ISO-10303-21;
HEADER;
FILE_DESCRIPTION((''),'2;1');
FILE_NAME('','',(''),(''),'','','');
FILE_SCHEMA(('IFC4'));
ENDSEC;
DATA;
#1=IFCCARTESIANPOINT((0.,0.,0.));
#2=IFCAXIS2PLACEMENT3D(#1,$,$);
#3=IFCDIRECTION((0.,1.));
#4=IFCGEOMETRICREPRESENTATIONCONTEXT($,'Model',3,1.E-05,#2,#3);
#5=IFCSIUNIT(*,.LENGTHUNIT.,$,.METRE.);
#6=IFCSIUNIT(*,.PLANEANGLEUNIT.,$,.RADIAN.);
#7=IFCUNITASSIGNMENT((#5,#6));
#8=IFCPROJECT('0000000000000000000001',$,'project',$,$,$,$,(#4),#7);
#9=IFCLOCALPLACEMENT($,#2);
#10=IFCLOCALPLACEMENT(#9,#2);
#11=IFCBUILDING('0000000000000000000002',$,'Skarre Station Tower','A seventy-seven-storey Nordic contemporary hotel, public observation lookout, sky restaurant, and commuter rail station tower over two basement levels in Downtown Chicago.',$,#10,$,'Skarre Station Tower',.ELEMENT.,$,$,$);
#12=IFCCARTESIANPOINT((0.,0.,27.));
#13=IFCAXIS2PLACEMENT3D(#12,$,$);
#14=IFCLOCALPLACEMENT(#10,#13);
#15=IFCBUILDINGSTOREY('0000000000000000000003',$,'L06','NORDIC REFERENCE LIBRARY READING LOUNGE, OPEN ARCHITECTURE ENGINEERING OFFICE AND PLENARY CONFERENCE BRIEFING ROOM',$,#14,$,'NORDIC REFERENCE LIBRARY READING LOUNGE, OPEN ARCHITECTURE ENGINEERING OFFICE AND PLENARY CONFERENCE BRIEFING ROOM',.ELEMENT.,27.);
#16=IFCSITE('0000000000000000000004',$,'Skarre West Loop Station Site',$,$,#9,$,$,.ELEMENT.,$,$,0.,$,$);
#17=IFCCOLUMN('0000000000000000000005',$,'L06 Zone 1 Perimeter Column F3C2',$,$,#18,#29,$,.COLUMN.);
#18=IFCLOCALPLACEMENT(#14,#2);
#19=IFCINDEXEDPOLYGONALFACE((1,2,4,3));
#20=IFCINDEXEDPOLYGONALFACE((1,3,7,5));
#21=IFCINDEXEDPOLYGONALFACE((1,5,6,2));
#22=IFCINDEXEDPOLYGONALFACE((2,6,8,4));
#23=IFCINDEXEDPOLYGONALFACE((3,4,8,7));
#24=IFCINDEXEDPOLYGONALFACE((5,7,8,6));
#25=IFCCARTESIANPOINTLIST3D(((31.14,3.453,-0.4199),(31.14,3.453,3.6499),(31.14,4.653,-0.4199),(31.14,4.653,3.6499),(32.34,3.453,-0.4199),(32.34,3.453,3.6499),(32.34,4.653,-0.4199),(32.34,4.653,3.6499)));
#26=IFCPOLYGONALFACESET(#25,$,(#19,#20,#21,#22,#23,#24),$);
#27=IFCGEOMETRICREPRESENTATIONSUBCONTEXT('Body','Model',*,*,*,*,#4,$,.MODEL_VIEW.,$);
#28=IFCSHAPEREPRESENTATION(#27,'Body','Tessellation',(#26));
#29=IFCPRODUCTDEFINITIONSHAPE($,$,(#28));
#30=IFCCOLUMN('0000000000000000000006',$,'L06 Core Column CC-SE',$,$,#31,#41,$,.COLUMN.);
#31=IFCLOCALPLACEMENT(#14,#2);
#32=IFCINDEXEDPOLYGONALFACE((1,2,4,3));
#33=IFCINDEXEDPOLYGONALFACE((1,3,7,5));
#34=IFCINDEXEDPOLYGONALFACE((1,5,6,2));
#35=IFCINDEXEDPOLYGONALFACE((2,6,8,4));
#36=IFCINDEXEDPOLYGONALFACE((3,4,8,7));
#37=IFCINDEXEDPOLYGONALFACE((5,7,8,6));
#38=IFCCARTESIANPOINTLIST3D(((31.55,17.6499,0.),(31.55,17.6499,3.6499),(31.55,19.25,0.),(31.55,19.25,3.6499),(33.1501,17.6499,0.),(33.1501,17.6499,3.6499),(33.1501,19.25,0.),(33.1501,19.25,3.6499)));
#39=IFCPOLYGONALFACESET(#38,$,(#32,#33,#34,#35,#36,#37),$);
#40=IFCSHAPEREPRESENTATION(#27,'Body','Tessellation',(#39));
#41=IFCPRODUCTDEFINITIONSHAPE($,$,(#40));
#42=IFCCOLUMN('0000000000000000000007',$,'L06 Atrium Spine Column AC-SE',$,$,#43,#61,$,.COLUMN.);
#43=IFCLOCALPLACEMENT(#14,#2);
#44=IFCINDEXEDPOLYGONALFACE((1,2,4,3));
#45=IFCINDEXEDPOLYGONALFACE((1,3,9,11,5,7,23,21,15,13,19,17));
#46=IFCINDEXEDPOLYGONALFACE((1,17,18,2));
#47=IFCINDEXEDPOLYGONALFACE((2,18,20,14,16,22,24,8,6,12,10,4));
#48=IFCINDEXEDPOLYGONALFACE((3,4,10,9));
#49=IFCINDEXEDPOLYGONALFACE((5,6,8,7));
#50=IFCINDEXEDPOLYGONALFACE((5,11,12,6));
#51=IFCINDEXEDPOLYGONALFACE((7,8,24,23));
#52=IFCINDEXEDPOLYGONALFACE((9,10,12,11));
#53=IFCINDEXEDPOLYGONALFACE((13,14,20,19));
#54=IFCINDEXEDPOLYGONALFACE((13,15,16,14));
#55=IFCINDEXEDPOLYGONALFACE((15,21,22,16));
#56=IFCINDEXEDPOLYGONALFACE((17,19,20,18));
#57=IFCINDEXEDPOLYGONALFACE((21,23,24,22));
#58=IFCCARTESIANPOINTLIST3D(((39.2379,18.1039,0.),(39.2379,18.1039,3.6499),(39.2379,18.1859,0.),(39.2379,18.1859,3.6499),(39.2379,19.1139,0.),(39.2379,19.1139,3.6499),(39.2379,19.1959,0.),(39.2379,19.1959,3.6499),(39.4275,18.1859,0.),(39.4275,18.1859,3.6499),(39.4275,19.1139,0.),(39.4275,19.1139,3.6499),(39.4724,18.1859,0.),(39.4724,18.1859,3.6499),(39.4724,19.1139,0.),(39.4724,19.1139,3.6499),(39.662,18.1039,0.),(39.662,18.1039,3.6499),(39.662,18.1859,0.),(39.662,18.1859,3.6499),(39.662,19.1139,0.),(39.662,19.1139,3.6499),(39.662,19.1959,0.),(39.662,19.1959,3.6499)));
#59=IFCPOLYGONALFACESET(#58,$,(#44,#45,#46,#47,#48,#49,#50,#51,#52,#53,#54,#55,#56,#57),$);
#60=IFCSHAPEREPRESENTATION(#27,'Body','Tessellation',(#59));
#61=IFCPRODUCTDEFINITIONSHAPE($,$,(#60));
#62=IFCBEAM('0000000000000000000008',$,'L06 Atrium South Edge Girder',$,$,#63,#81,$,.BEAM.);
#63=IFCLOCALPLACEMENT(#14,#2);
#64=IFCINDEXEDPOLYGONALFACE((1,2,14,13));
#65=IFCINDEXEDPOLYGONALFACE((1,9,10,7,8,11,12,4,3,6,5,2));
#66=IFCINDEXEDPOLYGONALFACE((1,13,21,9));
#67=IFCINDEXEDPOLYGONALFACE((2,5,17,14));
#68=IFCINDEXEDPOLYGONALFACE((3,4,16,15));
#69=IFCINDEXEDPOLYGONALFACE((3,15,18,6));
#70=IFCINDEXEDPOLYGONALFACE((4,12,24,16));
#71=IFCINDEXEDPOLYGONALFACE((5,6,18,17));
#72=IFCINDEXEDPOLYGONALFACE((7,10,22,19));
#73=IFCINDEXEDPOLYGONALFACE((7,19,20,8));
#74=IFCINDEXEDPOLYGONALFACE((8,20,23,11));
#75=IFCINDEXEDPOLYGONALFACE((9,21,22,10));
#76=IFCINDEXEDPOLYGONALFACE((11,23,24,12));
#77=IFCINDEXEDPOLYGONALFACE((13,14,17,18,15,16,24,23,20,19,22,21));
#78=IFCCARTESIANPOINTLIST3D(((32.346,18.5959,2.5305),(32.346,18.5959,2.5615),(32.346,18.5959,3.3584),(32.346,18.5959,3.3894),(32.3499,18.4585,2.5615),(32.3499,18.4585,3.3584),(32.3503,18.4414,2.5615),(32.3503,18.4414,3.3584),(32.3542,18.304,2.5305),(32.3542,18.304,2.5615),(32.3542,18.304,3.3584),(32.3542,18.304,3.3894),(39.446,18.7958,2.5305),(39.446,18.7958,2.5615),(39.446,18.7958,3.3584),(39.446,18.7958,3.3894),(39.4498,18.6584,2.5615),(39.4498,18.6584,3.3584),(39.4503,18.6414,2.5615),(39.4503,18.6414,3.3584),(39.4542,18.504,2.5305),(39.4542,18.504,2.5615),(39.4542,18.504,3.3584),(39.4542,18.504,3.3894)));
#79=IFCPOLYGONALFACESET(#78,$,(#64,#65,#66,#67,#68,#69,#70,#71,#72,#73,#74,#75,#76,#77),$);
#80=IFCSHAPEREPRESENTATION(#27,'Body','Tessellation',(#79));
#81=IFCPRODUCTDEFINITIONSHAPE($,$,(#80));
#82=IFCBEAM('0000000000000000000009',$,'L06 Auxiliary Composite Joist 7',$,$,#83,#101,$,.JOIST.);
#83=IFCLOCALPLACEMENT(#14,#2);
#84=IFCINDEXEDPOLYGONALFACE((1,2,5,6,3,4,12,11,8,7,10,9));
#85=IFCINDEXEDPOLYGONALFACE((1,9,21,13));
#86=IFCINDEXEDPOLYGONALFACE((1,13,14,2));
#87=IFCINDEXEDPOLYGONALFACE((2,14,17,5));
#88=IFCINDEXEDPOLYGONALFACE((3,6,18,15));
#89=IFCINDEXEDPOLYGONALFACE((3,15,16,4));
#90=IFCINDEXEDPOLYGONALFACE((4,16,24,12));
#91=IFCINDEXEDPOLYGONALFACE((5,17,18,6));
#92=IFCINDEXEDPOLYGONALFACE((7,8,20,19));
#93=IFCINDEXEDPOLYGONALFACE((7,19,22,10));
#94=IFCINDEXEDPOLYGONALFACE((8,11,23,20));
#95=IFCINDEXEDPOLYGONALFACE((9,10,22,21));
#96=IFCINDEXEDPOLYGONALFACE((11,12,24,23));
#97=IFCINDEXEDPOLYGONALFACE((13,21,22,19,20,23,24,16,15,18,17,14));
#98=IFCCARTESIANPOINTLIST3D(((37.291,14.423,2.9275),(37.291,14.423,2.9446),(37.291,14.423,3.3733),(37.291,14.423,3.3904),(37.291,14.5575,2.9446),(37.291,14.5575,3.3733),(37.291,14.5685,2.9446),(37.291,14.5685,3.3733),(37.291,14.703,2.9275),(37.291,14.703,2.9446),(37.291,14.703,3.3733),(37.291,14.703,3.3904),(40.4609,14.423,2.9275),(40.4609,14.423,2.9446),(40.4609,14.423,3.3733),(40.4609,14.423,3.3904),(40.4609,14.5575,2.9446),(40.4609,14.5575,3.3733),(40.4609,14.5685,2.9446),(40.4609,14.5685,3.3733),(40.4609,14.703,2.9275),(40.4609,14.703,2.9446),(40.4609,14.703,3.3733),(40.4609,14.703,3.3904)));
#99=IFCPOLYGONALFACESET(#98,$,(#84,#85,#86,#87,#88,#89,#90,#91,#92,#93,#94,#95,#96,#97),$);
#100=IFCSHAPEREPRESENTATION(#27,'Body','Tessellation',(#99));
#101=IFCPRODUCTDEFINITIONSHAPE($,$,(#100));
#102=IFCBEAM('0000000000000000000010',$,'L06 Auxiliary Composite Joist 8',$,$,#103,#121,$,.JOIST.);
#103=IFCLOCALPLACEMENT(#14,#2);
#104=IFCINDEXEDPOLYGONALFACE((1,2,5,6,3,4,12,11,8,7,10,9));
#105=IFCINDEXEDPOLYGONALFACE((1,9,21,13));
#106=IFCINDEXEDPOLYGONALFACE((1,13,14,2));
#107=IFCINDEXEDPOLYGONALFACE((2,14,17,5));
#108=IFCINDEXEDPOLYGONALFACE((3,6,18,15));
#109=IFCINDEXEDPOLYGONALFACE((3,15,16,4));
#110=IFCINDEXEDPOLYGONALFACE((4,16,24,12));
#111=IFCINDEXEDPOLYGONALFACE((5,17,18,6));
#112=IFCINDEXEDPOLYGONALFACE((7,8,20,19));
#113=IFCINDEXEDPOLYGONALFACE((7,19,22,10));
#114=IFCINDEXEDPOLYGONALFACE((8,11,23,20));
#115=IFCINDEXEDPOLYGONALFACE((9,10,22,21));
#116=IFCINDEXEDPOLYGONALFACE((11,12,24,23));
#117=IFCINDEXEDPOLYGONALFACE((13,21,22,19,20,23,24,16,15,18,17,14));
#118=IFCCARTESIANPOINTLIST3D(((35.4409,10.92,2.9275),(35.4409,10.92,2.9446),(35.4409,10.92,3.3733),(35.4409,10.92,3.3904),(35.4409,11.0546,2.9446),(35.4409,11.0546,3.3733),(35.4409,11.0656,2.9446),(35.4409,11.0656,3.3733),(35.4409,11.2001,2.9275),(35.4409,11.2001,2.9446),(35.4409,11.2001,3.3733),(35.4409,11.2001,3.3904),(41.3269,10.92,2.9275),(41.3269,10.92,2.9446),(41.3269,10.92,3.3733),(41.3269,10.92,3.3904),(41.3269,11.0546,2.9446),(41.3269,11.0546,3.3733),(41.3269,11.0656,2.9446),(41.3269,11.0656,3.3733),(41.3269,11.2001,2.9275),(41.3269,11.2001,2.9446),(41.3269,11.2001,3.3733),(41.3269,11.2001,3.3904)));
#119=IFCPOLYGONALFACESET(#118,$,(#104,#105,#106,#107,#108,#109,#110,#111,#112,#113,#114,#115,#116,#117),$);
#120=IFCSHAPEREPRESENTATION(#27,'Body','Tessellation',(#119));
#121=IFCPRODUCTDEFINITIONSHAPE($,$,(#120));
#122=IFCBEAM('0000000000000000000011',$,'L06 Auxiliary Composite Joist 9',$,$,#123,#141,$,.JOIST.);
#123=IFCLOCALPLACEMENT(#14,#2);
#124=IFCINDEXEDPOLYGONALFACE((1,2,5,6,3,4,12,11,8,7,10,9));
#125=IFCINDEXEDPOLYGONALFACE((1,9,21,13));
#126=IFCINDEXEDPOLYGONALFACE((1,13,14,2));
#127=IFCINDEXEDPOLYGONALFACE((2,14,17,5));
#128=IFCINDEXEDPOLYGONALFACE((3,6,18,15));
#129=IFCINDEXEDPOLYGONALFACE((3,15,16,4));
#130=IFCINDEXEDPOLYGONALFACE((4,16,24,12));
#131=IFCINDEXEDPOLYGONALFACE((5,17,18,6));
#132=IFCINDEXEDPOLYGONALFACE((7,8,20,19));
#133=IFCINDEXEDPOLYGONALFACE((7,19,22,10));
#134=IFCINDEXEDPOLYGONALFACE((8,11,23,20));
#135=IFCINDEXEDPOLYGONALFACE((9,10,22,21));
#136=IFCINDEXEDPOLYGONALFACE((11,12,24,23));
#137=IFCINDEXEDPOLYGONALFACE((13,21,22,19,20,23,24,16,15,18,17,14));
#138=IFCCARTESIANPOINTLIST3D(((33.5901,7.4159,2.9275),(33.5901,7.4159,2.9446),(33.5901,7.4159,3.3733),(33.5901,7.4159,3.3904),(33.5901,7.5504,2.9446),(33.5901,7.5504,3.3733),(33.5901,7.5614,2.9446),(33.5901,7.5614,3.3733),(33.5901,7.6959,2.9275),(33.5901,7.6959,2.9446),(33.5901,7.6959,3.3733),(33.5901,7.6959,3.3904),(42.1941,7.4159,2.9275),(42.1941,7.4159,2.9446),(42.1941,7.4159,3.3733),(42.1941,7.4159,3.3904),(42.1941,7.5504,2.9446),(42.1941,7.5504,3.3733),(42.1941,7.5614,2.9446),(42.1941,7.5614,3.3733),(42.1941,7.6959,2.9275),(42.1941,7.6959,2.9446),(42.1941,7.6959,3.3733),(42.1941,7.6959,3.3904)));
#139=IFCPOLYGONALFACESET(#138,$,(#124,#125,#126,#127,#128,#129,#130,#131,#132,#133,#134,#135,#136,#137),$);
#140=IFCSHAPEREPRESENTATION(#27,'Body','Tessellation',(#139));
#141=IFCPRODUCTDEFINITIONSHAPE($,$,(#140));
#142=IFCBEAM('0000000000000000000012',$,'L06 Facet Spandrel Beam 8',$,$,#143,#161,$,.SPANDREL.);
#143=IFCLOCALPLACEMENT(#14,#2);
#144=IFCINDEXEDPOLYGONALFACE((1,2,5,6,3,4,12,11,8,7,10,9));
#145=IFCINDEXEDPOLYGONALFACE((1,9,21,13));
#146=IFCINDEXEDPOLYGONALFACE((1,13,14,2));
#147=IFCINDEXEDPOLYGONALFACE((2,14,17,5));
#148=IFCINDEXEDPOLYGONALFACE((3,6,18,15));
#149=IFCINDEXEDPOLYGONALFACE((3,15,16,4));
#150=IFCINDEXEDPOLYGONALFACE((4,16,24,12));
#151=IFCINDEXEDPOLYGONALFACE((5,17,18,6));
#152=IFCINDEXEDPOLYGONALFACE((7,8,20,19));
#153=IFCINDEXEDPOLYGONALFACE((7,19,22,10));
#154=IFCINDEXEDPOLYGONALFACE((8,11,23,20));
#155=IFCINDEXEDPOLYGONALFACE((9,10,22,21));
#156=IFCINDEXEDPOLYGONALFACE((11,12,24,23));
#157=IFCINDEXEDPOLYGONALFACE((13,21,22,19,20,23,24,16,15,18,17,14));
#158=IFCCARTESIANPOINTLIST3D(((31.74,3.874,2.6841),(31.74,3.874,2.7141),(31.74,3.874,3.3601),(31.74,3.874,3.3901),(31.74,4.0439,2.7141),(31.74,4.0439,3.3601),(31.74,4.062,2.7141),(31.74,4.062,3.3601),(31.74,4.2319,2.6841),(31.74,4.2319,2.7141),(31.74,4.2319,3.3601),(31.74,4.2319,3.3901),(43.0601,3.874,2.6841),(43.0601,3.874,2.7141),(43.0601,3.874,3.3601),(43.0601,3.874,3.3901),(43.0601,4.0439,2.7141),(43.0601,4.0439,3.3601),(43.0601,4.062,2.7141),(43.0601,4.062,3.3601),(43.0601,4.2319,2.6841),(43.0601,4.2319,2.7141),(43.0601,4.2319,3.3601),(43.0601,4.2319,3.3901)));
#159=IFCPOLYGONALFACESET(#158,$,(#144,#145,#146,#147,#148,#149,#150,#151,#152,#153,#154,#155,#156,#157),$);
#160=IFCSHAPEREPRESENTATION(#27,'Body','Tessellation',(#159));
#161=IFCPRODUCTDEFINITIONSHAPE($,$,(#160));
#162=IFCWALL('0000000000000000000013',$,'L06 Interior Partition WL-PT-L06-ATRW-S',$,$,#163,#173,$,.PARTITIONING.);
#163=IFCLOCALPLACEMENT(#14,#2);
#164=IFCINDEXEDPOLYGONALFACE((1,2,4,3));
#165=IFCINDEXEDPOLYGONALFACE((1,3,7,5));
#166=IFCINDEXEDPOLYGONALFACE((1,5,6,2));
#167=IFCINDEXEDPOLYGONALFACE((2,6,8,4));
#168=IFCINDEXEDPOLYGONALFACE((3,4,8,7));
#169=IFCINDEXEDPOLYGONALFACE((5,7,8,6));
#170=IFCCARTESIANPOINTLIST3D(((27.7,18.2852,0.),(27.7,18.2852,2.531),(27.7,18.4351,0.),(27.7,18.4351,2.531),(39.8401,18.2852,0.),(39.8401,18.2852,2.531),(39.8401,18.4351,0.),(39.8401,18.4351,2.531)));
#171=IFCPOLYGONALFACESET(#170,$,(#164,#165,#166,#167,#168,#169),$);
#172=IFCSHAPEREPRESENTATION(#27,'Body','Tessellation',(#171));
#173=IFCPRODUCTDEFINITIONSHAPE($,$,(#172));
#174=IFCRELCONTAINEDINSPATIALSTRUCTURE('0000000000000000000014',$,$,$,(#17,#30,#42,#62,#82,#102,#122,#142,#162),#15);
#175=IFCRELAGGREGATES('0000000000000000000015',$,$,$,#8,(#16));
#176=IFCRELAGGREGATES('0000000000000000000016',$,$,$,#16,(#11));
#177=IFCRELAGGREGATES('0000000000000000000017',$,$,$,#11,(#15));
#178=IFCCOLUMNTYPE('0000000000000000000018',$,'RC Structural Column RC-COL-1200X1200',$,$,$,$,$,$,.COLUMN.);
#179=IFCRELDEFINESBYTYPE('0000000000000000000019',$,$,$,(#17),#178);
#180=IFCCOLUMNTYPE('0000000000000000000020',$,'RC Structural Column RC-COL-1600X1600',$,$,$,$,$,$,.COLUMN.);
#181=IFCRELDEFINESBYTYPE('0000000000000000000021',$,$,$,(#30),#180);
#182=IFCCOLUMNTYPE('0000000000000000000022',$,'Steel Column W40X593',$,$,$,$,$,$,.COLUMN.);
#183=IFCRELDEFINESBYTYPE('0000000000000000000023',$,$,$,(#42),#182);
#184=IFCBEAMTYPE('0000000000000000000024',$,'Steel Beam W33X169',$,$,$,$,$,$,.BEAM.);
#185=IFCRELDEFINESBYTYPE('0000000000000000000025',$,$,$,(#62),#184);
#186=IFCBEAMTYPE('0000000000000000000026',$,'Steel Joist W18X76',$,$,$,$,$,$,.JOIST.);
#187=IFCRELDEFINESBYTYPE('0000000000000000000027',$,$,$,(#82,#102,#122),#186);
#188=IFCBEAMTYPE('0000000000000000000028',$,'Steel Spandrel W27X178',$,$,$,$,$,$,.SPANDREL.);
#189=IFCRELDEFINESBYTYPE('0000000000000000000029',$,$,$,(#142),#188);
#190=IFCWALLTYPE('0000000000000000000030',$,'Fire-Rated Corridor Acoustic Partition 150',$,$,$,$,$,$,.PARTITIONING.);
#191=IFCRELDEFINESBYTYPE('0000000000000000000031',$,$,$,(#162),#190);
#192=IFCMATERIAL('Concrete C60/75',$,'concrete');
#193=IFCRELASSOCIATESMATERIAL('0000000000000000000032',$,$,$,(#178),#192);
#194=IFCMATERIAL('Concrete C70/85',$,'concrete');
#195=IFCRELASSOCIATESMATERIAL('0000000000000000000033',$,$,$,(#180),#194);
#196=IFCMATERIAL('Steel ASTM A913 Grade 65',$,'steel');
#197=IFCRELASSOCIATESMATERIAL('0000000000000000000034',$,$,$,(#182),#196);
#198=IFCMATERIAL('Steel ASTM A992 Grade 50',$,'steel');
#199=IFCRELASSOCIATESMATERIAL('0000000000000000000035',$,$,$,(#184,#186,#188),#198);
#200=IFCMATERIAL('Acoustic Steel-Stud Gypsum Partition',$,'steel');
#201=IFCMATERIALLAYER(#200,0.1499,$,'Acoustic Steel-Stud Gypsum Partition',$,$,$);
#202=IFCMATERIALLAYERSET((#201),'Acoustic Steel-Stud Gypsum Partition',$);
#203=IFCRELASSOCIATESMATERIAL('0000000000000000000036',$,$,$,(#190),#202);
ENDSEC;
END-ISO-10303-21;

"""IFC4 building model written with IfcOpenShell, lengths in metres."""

from ifc_helpers import new_model, si_unit, direction, frame, frame_2d, origin, origin_2d, place, context, subcontext, project, spatial, rectangle, i_section, extrude, material, layer, layer_set, material_profile, profile_set, type_object, element, save


model = new_model("IFC4")

# Units and contexts
model_context = context("Model", 3, precision=1e-05, world=origin(), true_north=direction((0.0, 1.0)))
body_context = subcontext(model_context, "Body", "Model", "MODEL_VIEW")
ifc_project = project(units=[si_unit("LENGTHUNIT", "METRE"), si_unit("PLANEANGLEUNIT", "RADIAN")], contexts=[model_context])

# Site, building, storey
site_placement = place(None, origin())
site = spatial("IfcSite", under=ifc_project, at=site_placement, Name="Skarre West Loop Station Site", CompositionType="ELEMENT", RefElevation=0.0)
building_placement = place(site_placement, origin())
building = spatial("IfcBuilding", under=site, at=building_placement, Name="Skarre Station Tower", Description="A seventy-seven-storey Nordic contemporary hotel, public observation lookout, sky restaurant, and commuter rail station tower over two basement levels in Downtown Chicago.", LongName="Skarre Station Tower", CompositionType="ELEMENT")
storey_placement = place(building_placement, frame((0.0, 0.0, 27.0)))
storey = spatial("IfcBuildingStorey", under=building, at=storey_placement, Name="L06", Description="NORDIC REFERENCE LIBRARY READING LOUNGE, OPEN ARCHITECTURE ENGINEERING OFFICE AND PLENARY CONFERENCE BRIEFING ROOM", LongName="NORDIC REFERENCE LIBRARY READING LOUNGE, OPEN ARCHITECTURE ENGINEERING OFFICE AND PLENARY CONFERENCE BRIEFING ROOM", CompositionType="ELEMENT", Elevation=27.0)

# Columns
ifc_material_1 = material(Name="Concrete C60/75", Category="concrete")
ifc_material_profile_1 = material_profile(ifc_material_1, rectangle(XDim=1.2, YDim=1.2, at=origin_2d()), Name="Concrete C60/75")
ifc_profile_set_1 = profile_set([ifc_material_profile_1], Name="Concrete C60/75")
column_type_1 = type_object("IfcColumnType", Name="RC Structural Column RC-COL-1200X1200", PredefinedType="COLUMN", material=ifc_profile_set_1)
column_1_placement = place(storey_placement, frame((31.74, 4.053, -0.4199), z_axis=(0.0, 0.0, 1.0), x_axis=(1.0, 0.0, 0.0)))
element("IfcColumn", 1, at=column_1_placement, inside=storey, type_object=column_type_1, Name="L06 Zone 1 Perimeter Column F3C2", PredefinedType="COLUMN", context=body_context, shape_type="SweptSolid", body=[
    extrude(rectangle(XDim=1.2, YDim=1.2, at=origin_2d()), origin(), (0.0, 0.0, 1.0), 4.0698),
])
ifc_material_2 = material(Name="Concrete C70/85", Category="concrete")
ifc_material_profile_2 = material_profile(ifc_material_2, rectangle(XDim=1.6001, YDim=1.6001, at=origin_2d()), Name="Concrete C70/85")
ifc_profile_set_2 = profile_set([ifc_material_profile_2], Name="Concrete C70/85")
column_type_2 = type_object("IfcColumnType", Name="RC Structural Column RC-COL-1600X1600", PredefinedType="COLUMN", material=ifc_profile_set_2)
column_2_placement = place(storey_placement, frame((32.3501, 18.45, 0.0), z_axis=(0.0, 0.0, 1.0), x_axis=(1.0, 0.0, 0.0)))
element("IfcColumn", 2, at=column_2_placement, inside=storey, type_object=column_type_2, Name="L06 Core Column CC-SE", PredefinedType="COLUMN", context=body_context, shape_type="SweptSolid", body=[
    extrude(rectangle(XDim=1.6001, YDim=1.6001, at=origin_2d()), origin(), (0.0, 0.0, 1.0), 3.6499),
])
ifc_material_3 = material(Name="Steel ASTM A913 Grade 65", Category="steel")
ifc_material_profile_3 = material_profile(ifc_material_3, i_section(OverallWidth=0.4241, OverallDepth=1.092, WebThickness=0.0449, FlangeThickness=0.082, at=origin_2d()), Name="Steel ASTM A913 Grade 65")
ifc_profile_set_3 = profile_set([ifc_material_profile_3], Name="Steel ASTM A913 Grade 65")
column_type_3 = type_object("IfcColumnType", Name="Steel Column W40X593", PredefinedType="COLUMN", material=ifc_profile_set_3)
column_3_placement = place(storey_placement, frame((39.45, 18.6499, 0.0), z_axis=(0.0, 0.0, 1.0), x_axis=(1.0, 0.0, 0.0)))
element("IfcColumn", 3, at=column_3_placement, inside=storey, type_object=column_type_3, Name="L06 Atrium Spine Column AC-SE", PredefinedType="COLUMN", context=body_context, shape_type="SweptSolid", body=[
    extrude(i_section(OverallWidth=0.4241, OverallDepth=1.092, WebThickness=0.0449, FlangeThickness=0.082, at=origin_2d()), origin(), (0.0, 0.0, 1.0), 3.6499),
])

# Beams
ifc_material_4 = material(Name="Steel ASTM A992 Grade 50", Category="steel")
ifc_material_profile_4 = material_profile(ifc_material_4, i_section(OverallWidth=0.292, OverallDepth=0.8589, WebThickness=0.0171, FlangeThickness=0.031, at=origin_2d()), Name="Steel ASTM A992 Grade 50")
ifc_profile_set_4 = profile_set([ifc_material_profile_4], Name="Steel ASTM A992 Grade 50")
beam_type_1 = type_object("IfcBeamType", Name="Steel Beam W33X169", PredefinedType="BEAM", material=ifc_profile_set_4)
beam_1_placement = place(storey_placement, frame((32.3501, 18.45, 2.96), z_axis=(0.999604, 0.028152, 0.0), x_axis=(-0.028152, 0.999604, 0.0)))
element("IfcBeam", 4, at=beam_1_placement, inside=storey, type_object=beam_type_1, Name="L06 Atrium South Edge Girder", PredefinedType="BEAM", context=body_context, shape_type="SweptSolid", body=[
    extrude(i_section(OverallWidth=0.292, OverallDepth=0.8589, WebThickness=0.0171, FlangeThickness=0.031, at=origin_2d()), origin(), (0.0, 0.0, 1.0), 7.1028),
])
ifc_material_profile_5 = material_profile(ifc_material_4, i_section(OverallWidth=0.28, OverallDepth=0.4629, WebThickness=0.011, FlangeThickness=0.0171, at=origin_2d()), Name="Steel ASTM A992 Grade 50")
ifc_profile_set_5 = profile_set([ifc_material_profile_5], Name="Steel ASTM A992 Grade 50")
beam_type_2 = type_object("IfcBeamType", Name="Steel Joist W18X76", PredefinedType="JOIST", material=ifc_profile_set_5)
beam_2_placement = place(storey_placement, frame((37.291, 14.563, 3.1589), z_axis=(1.0, 0.0, 0.0), x_axis=(0.0, 1.0, 0.0)))
element("IfcBeam", 5, at=beam_2_placement, inside=storey, type_object=beam_type_2, Name="L06 Auxiliary Composite Joist 7", PredefinedType="JOIST", context=body_context, shape_type="SweptSolid", body=[
    extrude(i_section(OverallWidth=0.28, OverallDepth=0.4629, WebThickness=0.011, FlangeThickness=0.0171, at=origin_2d()), origin(), (0.0, 0.0, 1.0), 3.1699),
])
beam_3_placement = place(storey_placement, frame((35.4409, 11.0601, 3.1589), z_axis=(1.0, 0.0, 0.0), x_axis=(0.0, 1.0, 0.0)))
element("IfcBeam", 6, at=beam_3_placement, inside=storey, type_object=beam_type_2, Name="L06 Auxiliary Composite Joist 8", PredefinedType="JOIST", context=body_context, shape_type="SweptSolid", body=[
    extrude(i_section(OverallWidth=0.28, OverallDepth=0.4629, WebThickness=0.011, FlangeThickness=0.0171, at=origin_2d()), origin(), (0.0, 0.0, 1.0), 5.886),
])
beam_4_placement = place(storey_placement, frame((33.5901, 7.5559, 3.1589), z_axis=(1.0, 0.0, 0.0), x_axis=(0.0, 1.0, 0.0)))
element("IfcBeam", 7, at=beam_4_placement, inside=storey, type_object=beam_type_2, Name="L06 Auxiliary Composite Joist 9", PredefinedType="JOIST", context=body_context, shape_type="SweptSolid", body=[
    extrude(i_section(OverallWidth=0.28, OverallDepth=0.4629, WebThickness=0.011, FlangeThickness=0.0171, at=origin_2d()), origin(), (0.0, 0.0, 1.0), 8.604),
])
ifc_material_profile_6 = material_profile(ifc_material_4, i_section(OverallWidth=0.3579, OverallDepth=0.7061, WebThickness=0.0181, FlangeThickness=0.03, at=origin_2d()), Name="Steel ASTM A992 Grade 50")
ifc_profile_set_6 = profile_set([ifc_material_profile_6], Name="Steel ASTM A992 Grade 50")
beam_type_3 = type_object("IfcBeamType", Name="Steel Spandrel W27X178", PredefinedType="SPANDREL", material=ifc_profile_set_6)
beam_5_placement = place(storey_placement, frame((31.74, 4.053, 3.0371), z_axis=(1.0, 0.0, 0.0), x_axis=(0.0, 1.0, 0.0)))
element("IfcBeam", 8, at=beam_5_placement, inside=storey, type_object=beam_type_3, Name="L06 Facet Spandrel Beam 8", PredefinedType="SPANDREL", context=body_context, shape_type="SweptSolid", body=[
    extrude(i_section(OverallWidth=0.3579, OverallDepth=0.7061, WebThickness=0.0181, FlangeThickness=0.03, at=origin_2d()), origin(), (0.0, 0.0, 1.0), 11.3201),
])

# Wall
ifc_material_5 = material(Name="Acoustic Steel-Stud Gypsum Partition", Category="steel")
ifc_layer_1 = layer(ifc_material_5, 0.1499, Name="Acoustic Steel-Stud Gypsum Partition")
ifc_layer_set_1 = layer_set([ifc_layer_1], Name="Acoustic Steel-Stud Gypsum Partition")
wall_type_1 = type_object("IfcWallType", Name="Fire-Rated Corridor Acoustic Partition 150", PredefinedType="PARTITIONING", material=ifc_layer_set_1)
wall_1_placement = place(storey_placement, frame((27.7, 18.3601, 0.0), z_axis=(0.0, 0.0, 1.0), x_axis=(1.0, 0.0, 0.0)))
element("IfcWall", 9, at=wall_1_placement, inside=storey, type_object=wall_type_1, Name="L06 Interior Partition WL-PT-L06-ATRW-S", PredefinedType="PARTITIONING", context=body_context, shape_type="SweptSolid", body=[
    extrude(rectangle(XDim=12.1401, YDim=0.1499, at=frame_2d((6.0701, 0.0))), origin(), (0.0, 0.0, 1.0), 2.531),
])

save(model, "model.ifc")
